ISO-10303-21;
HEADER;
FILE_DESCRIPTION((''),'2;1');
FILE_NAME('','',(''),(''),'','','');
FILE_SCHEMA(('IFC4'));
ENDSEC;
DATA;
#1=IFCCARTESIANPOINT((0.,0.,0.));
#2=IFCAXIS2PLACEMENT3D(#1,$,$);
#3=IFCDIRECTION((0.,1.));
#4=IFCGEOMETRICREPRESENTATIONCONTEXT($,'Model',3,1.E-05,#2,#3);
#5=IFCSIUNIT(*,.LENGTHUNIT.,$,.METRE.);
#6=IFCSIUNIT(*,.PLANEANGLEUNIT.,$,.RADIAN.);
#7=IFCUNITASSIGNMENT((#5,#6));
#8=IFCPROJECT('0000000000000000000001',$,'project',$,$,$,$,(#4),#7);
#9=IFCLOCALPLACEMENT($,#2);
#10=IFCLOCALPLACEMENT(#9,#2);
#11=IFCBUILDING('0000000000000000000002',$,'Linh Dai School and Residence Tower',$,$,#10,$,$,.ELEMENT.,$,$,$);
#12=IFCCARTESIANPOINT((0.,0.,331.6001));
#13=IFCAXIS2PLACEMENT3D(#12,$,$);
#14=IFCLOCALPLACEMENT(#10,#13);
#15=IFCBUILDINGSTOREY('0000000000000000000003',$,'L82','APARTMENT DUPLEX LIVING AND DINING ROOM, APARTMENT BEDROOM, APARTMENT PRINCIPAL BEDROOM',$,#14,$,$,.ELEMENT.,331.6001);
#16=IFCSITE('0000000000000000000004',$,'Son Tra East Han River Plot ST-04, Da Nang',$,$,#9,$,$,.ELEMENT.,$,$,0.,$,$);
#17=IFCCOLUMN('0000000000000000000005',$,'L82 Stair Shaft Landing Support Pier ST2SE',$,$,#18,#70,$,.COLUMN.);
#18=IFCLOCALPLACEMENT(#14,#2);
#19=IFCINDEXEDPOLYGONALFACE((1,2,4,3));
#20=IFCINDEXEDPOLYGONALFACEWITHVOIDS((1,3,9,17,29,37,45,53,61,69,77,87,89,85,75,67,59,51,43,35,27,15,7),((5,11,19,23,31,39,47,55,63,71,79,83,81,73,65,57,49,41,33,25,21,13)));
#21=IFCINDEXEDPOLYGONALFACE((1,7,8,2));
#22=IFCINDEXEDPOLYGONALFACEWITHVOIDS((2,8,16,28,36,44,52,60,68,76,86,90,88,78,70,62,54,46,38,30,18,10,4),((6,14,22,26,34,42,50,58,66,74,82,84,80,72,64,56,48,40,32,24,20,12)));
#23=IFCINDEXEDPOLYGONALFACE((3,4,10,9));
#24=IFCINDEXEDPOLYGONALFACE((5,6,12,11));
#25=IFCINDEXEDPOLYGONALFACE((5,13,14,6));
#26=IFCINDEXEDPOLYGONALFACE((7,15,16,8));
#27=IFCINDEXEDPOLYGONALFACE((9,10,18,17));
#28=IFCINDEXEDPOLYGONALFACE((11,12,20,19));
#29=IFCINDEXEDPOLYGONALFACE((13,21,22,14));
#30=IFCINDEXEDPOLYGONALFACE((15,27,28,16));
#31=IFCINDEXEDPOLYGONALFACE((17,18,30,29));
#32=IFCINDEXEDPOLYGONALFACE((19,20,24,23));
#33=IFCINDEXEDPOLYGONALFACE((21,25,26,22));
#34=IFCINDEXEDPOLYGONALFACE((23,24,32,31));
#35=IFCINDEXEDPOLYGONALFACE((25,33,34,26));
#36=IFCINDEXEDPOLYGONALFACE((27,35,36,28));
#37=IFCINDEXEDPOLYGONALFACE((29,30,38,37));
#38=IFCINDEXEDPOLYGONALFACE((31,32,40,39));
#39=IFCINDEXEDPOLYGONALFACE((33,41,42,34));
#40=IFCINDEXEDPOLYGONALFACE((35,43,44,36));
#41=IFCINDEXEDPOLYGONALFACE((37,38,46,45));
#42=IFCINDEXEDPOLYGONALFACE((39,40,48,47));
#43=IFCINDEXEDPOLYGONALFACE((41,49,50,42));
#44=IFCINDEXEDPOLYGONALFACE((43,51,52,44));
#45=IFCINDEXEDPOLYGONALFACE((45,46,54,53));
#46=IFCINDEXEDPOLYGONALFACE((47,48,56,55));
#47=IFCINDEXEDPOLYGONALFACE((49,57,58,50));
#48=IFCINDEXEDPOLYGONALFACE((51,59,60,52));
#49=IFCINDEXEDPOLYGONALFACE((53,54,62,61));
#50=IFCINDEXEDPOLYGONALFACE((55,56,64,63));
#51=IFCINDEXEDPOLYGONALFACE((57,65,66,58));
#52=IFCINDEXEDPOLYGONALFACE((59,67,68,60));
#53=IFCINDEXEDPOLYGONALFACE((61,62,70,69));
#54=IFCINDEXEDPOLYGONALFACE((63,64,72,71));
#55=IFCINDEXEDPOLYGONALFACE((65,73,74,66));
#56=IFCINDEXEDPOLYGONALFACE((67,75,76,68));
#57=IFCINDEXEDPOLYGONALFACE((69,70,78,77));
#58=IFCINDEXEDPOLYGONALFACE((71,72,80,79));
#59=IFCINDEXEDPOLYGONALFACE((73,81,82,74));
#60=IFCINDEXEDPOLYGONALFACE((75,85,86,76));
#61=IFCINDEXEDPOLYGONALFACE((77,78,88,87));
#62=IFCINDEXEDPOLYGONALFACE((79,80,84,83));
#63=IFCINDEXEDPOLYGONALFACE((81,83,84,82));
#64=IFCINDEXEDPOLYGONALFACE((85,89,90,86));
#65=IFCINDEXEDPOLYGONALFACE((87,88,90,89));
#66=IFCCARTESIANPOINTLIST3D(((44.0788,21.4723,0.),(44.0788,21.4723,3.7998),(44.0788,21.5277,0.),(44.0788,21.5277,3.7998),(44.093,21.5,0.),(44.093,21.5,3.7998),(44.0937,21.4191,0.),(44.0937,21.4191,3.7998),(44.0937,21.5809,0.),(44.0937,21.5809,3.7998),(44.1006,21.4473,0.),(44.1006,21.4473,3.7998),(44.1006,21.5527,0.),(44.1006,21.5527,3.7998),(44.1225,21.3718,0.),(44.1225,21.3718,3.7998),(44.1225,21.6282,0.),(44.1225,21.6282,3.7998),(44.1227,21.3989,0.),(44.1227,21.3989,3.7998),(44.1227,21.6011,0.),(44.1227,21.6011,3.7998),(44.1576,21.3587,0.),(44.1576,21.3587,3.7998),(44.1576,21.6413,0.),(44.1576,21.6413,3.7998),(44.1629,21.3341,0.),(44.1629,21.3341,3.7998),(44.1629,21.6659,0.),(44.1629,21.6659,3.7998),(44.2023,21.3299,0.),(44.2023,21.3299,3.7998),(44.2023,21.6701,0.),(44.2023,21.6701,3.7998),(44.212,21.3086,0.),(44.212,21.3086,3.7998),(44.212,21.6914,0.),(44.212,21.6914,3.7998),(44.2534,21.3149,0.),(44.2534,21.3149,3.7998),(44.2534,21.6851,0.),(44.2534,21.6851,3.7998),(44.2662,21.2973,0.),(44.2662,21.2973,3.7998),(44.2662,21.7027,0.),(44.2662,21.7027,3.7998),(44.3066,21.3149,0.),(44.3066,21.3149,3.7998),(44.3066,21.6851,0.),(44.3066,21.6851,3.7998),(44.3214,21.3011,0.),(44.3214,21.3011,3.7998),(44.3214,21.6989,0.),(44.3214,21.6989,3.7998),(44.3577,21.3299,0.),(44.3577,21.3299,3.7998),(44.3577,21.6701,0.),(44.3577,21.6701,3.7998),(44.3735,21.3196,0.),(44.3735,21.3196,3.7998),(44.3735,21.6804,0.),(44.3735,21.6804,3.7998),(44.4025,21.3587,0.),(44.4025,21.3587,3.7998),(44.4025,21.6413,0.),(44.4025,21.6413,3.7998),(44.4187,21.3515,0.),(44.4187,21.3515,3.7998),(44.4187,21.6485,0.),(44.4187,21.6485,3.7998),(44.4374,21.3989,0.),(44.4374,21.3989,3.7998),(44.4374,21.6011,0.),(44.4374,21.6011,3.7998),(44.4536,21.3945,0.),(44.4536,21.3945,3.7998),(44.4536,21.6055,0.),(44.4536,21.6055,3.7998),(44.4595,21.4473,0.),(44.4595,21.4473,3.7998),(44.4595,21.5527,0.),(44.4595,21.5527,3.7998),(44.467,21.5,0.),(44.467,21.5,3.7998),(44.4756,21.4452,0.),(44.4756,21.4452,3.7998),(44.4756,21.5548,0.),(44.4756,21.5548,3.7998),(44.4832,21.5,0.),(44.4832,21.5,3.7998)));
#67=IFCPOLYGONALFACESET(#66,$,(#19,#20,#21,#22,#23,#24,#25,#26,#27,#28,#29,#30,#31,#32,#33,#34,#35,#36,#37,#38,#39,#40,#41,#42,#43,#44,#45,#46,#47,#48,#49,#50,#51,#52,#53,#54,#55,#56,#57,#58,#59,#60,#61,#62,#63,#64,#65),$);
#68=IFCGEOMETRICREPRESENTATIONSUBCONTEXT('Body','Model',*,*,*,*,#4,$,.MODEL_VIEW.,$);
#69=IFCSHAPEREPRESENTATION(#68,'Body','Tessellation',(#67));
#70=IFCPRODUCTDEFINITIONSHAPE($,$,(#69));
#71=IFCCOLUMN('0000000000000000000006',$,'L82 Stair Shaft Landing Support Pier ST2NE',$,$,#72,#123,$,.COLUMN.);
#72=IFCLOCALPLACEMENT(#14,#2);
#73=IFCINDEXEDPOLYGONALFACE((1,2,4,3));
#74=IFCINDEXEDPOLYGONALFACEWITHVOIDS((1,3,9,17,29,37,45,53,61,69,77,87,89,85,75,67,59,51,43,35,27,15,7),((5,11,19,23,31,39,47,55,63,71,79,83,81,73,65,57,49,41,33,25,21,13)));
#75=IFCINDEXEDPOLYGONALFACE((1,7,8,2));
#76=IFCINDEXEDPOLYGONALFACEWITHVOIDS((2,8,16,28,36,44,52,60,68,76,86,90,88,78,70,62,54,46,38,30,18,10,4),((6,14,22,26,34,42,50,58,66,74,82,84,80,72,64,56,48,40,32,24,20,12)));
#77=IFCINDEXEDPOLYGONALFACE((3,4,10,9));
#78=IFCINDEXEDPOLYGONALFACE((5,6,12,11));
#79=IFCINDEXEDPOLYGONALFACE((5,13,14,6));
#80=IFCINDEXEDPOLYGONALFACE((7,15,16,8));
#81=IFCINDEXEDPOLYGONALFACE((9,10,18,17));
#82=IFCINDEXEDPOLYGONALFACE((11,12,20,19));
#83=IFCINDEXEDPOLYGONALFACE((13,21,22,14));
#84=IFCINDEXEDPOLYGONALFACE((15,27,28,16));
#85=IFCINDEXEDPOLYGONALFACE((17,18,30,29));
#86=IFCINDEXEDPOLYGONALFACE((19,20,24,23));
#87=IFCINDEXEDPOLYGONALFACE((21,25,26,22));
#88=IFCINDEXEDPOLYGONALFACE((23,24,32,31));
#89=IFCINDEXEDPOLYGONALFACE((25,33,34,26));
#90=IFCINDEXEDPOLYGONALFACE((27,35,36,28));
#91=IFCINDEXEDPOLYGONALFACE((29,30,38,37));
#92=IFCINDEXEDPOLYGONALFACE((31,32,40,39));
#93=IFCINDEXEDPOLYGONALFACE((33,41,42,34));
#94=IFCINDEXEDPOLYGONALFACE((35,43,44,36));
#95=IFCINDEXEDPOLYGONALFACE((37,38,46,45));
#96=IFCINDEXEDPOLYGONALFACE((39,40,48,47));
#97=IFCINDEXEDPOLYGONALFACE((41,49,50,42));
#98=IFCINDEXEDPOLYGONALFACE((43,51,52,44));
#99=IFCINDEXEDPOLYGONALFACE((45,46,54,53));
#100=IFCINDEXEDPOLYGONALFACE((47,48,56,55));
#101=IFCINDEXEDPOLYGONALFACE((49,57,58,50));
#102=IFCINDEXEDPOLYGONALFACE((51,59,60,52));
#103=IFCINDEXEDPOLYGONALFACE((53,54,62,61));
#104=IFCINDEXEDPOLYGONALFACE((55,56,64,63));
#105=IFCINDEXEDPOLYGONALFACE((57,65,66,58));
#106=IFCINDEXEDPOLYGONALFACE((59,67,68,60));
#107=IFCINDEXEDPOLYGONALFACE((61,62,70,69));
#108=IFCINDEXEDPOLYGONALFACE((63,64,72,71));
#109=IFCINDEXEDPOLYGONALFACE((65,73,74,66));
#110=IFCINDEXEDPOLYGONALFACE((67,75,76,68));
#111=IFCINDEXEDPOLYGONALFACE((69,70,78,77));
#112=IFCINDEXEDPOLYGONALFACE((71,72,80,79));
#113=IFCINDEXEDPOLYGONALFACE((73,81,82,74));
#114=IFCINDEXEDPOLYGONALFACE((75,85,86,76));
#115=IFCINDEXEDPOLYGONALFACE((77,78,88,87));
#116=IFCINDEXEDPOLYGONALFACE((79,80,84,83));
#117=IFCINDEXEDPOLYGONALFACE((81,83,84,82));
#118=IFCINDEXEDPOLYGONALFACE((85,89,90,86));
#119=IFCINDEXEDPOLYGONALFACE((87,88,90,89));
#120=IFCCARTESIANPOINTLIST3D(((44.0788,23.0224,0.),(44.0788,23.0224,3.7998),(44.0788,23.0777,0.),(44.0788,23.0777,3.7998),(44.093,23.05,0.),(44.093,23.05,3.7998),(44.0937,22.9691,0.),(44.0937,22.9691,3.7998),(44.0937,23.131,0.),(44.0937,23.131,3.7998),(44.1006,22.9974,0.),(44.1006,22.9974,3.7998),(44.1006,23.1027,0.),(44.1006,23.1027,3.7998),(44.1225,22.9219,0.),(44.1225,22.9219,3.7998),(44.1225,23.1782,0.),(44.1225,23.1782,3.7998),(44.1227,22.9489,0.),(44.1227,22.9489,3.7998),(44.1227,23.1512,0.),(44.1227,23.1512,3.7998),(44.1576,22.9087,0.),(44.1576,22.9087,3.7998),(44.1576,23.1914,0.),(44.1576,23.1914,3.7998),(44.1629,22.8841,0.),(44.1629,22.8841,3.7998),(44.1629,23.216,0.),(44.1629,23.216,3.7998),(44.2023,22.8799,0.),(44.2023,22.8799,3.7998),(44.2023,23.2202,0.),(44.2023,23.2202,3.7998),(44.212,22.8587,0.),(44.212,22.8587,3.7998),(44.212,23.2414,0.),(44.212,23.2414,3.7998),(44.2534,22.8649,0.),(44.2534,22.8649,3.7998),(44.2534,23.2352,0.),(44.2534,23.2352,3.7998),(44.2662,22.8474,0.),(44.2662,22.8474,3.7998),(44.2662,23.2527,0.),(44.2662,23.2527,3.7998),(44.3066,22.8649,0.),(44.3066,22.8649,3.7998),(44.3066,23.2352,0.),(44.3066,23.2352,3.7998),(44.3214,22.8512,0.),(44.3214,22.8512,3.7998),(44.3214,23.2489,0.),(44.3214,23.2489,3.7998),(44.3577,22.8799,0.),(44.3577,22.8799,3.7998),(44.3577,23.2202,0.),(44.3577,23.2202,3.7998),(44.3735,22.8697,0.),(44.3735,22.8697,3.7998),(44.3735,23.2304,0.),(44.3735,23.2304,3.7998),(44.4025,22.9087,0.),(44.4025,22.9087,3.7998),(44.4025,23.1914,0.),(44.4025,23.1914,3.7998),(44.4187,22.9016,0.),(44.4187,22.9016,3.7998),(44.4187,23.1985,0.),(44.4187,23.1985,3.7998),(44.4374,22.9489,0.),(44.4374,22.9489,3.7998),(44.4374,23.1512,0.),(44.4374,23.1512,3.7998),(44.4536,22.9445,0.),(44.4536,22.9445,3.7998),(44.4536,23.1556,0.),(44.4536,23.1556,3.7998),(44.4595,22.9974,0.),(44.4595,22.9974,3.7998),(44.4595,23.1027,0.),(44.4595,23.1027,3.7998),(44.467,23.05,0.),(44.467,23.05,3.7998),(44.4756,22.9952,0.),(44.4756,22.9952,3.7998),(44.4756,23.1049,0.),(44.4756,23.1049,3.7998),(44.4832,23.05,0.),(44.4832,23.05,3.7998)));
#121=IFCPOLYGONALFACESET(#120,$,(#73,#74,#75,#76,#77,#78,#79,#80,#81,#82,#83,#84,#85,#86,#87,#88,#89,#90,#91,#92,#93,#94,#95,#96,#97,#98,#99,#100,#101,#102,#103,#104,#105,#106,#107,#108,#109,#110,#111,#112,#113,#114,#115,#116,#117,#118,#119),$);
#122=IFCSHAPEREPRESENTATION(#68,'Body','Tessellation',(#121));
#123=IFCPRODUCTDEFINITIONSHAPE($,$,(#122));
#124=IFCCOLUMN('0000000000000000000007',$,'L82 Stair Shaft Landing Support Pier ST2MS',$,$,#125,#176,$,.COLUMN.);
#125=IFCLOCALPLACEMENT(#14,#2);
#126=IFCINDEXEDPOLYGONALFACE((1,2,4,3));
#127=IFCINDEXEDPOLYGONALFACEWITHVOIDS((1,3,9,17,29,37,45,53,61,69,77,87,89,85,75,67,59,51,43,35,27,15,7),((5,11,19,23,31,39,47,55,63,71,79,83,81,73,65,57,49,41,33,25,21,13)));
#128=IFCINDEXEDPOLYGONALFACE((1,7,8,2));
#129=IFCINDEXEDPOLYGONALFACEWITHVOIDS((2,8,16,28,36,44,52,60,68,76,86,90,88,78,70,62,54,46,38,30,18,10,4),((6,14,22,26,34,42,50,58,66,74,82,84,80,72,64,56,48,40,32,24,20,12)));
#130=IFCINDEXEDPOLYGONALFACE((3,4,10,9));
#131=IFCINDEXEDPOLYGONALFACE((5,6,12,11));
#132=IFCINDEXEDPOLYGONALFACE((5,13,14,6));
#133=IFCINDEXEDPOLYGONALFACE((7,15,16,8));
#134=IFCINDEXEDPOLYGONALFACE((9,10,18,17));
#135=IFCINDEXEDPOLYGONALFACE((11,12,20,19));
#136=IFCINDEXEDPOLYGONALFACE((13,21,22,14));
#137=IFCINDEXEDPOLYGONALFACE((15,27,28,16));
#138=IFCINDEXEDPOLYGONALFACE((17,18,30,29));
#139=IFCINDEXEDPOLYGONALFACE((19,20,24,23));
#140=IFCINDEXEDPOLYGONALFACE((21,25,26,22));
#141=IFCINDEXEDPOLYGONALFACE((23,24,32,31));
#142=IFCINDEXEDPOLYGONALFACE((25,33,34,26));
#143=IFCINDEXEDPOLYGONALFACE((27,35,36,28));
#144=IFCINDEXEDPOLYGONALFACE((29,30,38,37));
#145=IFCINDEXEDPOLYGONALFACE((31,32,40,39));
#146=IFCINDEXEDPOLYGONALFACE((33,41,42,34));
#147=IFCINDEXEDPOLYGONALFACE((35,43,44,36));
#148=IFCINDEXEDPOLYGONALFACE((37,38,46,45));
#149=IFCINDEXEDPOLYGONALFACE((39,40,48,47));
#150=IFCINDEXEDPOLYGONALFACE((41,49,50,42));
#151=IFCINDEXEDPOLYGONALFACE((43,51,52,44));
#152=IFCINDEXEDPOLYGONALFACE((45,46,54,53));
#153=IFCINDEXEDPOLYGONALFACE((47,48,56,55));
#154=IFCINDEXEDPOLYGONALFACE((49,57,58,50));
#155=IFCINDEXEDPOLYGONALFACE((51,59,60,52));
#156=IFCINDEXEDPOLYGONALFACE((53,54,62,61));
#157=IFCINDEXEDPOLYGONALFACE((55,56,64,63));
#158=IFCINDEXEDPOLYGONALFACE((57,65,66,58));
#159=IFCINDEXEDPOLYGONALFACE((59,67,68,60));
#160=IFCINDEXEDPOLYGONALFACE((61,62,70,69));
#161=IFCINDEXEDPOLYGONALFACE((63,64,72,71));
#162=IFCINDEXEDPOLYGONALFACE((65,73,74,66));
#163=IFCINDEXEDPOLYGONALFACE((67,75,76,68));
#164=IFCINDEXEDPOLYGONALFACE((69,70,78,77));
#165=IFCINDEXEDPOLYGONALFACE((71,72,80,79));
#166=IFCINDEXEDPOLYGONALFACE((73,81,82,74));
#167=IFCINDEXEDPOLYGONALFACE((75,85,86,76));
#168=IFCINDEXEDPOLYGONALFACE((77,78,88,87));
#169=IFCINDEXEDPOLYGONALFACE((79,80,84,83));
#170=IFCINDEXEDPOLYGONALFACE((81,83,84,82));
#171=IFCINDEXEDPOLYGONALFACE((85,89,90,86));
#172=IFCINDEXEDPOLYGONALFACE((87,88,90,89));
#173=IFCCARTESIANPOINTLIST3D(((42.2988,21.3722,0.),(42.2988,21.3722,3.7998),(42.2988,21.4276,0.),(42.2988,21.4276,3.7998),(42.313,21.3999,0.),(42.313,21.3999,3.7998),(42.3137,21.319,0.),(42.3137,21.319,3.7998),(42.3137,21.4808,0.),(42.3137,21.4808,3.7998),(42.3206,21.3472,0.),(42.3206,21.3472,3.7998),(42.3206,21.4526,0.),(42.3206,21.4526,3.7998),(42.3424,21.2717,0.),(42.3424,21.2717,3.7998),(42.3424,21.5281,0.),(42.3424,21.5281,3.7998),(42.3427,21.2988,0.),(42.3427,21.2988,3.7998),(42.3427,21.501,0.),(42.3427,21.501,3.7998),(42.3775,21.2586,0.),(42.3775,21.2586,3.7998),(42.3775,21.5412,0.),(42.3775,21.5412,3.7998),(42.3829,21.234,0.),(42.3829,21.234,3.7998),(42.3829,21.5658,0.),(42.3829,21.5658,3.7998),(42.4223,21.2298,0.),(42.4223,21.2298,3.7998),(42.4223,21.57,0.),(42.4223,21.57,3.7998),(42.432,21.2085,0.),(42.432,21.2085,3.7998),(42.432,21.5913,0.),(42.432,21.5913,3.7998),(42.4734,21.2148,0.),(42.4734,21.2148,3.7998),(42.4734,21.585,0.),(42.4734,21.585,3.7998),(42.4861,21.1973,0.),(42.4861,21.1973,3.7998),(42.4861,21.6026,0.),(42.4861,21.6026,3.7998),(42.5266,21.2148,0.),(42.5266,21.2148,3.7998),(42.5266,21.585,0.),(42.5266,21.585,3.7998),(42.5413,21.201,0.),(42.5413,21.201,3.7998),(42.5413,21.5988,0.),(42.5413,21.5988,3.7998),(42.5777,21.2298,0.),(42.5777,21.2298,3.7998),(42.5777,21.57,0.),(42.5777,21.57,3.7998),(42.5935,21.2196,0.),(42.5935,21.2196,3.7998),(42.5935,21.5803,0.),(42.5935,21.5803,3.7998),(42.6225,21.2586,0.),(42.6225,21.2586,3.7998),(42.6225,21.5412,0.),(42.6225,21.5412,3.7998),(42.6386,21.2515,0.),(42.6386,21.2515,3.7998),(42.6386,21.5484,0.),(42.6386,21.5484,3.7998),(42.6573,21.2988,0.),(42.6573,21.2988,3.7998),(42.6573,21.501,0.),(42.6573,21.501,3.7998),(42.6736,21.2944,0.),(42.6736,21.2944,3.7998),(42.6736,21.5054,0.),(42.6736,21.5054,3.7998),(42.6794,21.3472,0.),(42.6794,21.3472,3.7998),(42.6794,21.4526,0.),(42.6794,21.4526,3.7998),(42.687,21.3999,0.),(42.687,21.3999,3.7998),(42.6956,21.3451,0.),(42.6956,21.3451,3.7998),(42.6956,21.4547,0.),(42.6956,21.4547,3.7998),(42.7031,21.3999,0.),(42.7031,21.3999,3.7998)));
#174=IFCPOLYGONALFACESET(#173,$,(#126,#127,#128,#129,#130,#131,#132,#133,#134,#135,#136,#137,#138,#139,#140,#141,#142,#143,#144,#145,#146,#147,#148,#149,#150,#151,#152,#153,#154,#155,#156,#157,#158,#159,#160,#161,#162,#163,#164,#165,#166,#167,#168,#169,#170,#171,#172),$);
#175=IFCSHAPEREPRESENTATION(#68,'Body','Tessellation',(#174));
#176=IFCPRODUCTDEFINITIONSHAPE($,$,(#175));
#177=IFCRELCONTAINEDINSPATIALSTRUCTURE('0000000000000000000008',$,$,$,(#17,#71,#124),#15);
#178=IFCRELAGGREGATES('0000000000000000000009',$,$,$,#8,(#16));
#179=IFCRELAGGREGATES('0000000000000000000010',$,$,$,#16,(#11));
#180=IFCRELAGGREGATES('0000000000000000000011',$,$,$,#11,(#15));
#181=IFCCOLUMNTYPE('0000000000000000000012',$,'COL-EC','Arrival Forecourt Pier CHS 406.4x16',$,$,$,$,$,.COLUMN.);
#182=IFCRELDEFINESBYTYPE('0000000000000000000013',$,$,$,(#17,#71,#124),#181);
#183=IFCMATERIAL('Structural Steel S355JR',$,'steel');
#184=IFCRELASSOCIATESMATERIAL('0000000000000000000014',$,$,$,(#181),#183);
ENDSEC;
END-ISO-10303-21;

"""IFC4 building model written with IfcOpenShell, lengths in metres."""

from ifc_helpers import new_model, si_unit, direction, frame, origin, origin_2d, place, context, subcontext, project, spatial, hollow_circle, extrude, material, material_profile, profile_set, type_object, element, save


model = new_model("IFC4")

# Units and contexts
model_context = context("Model", 3, precision=1e-05, world=origin(), true_north=direction((0.0, 1.0)))
body_context = subcontext(model_context, "Body", "Model", "MODEL_VIEW")
ifc_project = project(units=[si_unit("LENGTHUNIT", "METRE"), si_unit("PLANEANGLEUNIT", "RADIAN")], contexts=[model_context])

# Site, building, storey
site_placement = place(None, origin())
site = spatial("IfcSite", under=ifc_project, at=site_placement, Name="Son Tra East Han River Plot ST-04, Da Nang", CompositionType="ELEMENT", RefElevation=0.0)
building_placement = place(site_placement, origin())
building = spatial("IfcBuilding", under=site, at=building_placement, Name="Linh Dai School and Residence Tower", CompositionType="ELEMENT")
storey_placement = place(building_placement, frame((0.0, 0.0, 331.6001)))
storey = spatial("IfcBuildingStorey", under=building, at=storey_placement, Name="L82", Description="APARTMENT DUPLEX LIVING AND DINING ROOM, APARTMENT BEDROOM, APARTMENT PRINCIPAL BEDROOM", CompositionType="ELEMENT", Elevation=331.6001)

# Columns
ifc_material_1 = material(Name="Structural Steel S355JR", Category="steel")
ifc_material_profile_1 = material_profile(ifc_material_1, hollow_circle(Radius=0.2031, WallThickness=0.0161, at=origin_2d()), Name="CHS 406.4x16")
ifc_profile_set_1 = profile_set([ifc_material_profile_1], Name="Structural Steel S355JR")
column_type_1 = type_object("IfcColumnType", Name="COL-EC", Description="Arrival Forecourt Pier CHS 406.4x16", PredefinedType="COLUMN", material=ifc_profile_set_1)
for number, where, z_axis, x_axis, name in (
    (1, (44.28, 21.5, 0.0), (0.0, 0.0, 1.0), (1.0, 0.0, 0.0), "L82 Stair Shaft Landing Support Pier ST2SE"),
    (2, (44.28, 23.05, 0.0), (0.0, 0.0, 1.0), (1.0, 0.0, 0.0), "L82 Stair Shaft Landing Support Pier ST2NE"),
    (3, (42.5, 21.3999, 0.0), (0.0, 0.0, 1.0), (1.0, 0.0, 0.0), "L82 Stair Shaft Landing Support Pier ST2MS"),
):
    element("IfcColumn", number, at=place(storey_placement, frame(where, z_axis=z_axis, x_axis=x_axis)), inside=storey, type_object=column_type_1, Name=name, PredefinedType="COLUMN", context=body_context, shape_type="SweptSolid", body=[
        extrude(hollow_circle(Radius=0.2031, WallThickness=0.0161, at=origin_2d()), origin(), (0.0, 0.0, 1.0), 3.7998),
    ])

save(model, "model.ifc")
